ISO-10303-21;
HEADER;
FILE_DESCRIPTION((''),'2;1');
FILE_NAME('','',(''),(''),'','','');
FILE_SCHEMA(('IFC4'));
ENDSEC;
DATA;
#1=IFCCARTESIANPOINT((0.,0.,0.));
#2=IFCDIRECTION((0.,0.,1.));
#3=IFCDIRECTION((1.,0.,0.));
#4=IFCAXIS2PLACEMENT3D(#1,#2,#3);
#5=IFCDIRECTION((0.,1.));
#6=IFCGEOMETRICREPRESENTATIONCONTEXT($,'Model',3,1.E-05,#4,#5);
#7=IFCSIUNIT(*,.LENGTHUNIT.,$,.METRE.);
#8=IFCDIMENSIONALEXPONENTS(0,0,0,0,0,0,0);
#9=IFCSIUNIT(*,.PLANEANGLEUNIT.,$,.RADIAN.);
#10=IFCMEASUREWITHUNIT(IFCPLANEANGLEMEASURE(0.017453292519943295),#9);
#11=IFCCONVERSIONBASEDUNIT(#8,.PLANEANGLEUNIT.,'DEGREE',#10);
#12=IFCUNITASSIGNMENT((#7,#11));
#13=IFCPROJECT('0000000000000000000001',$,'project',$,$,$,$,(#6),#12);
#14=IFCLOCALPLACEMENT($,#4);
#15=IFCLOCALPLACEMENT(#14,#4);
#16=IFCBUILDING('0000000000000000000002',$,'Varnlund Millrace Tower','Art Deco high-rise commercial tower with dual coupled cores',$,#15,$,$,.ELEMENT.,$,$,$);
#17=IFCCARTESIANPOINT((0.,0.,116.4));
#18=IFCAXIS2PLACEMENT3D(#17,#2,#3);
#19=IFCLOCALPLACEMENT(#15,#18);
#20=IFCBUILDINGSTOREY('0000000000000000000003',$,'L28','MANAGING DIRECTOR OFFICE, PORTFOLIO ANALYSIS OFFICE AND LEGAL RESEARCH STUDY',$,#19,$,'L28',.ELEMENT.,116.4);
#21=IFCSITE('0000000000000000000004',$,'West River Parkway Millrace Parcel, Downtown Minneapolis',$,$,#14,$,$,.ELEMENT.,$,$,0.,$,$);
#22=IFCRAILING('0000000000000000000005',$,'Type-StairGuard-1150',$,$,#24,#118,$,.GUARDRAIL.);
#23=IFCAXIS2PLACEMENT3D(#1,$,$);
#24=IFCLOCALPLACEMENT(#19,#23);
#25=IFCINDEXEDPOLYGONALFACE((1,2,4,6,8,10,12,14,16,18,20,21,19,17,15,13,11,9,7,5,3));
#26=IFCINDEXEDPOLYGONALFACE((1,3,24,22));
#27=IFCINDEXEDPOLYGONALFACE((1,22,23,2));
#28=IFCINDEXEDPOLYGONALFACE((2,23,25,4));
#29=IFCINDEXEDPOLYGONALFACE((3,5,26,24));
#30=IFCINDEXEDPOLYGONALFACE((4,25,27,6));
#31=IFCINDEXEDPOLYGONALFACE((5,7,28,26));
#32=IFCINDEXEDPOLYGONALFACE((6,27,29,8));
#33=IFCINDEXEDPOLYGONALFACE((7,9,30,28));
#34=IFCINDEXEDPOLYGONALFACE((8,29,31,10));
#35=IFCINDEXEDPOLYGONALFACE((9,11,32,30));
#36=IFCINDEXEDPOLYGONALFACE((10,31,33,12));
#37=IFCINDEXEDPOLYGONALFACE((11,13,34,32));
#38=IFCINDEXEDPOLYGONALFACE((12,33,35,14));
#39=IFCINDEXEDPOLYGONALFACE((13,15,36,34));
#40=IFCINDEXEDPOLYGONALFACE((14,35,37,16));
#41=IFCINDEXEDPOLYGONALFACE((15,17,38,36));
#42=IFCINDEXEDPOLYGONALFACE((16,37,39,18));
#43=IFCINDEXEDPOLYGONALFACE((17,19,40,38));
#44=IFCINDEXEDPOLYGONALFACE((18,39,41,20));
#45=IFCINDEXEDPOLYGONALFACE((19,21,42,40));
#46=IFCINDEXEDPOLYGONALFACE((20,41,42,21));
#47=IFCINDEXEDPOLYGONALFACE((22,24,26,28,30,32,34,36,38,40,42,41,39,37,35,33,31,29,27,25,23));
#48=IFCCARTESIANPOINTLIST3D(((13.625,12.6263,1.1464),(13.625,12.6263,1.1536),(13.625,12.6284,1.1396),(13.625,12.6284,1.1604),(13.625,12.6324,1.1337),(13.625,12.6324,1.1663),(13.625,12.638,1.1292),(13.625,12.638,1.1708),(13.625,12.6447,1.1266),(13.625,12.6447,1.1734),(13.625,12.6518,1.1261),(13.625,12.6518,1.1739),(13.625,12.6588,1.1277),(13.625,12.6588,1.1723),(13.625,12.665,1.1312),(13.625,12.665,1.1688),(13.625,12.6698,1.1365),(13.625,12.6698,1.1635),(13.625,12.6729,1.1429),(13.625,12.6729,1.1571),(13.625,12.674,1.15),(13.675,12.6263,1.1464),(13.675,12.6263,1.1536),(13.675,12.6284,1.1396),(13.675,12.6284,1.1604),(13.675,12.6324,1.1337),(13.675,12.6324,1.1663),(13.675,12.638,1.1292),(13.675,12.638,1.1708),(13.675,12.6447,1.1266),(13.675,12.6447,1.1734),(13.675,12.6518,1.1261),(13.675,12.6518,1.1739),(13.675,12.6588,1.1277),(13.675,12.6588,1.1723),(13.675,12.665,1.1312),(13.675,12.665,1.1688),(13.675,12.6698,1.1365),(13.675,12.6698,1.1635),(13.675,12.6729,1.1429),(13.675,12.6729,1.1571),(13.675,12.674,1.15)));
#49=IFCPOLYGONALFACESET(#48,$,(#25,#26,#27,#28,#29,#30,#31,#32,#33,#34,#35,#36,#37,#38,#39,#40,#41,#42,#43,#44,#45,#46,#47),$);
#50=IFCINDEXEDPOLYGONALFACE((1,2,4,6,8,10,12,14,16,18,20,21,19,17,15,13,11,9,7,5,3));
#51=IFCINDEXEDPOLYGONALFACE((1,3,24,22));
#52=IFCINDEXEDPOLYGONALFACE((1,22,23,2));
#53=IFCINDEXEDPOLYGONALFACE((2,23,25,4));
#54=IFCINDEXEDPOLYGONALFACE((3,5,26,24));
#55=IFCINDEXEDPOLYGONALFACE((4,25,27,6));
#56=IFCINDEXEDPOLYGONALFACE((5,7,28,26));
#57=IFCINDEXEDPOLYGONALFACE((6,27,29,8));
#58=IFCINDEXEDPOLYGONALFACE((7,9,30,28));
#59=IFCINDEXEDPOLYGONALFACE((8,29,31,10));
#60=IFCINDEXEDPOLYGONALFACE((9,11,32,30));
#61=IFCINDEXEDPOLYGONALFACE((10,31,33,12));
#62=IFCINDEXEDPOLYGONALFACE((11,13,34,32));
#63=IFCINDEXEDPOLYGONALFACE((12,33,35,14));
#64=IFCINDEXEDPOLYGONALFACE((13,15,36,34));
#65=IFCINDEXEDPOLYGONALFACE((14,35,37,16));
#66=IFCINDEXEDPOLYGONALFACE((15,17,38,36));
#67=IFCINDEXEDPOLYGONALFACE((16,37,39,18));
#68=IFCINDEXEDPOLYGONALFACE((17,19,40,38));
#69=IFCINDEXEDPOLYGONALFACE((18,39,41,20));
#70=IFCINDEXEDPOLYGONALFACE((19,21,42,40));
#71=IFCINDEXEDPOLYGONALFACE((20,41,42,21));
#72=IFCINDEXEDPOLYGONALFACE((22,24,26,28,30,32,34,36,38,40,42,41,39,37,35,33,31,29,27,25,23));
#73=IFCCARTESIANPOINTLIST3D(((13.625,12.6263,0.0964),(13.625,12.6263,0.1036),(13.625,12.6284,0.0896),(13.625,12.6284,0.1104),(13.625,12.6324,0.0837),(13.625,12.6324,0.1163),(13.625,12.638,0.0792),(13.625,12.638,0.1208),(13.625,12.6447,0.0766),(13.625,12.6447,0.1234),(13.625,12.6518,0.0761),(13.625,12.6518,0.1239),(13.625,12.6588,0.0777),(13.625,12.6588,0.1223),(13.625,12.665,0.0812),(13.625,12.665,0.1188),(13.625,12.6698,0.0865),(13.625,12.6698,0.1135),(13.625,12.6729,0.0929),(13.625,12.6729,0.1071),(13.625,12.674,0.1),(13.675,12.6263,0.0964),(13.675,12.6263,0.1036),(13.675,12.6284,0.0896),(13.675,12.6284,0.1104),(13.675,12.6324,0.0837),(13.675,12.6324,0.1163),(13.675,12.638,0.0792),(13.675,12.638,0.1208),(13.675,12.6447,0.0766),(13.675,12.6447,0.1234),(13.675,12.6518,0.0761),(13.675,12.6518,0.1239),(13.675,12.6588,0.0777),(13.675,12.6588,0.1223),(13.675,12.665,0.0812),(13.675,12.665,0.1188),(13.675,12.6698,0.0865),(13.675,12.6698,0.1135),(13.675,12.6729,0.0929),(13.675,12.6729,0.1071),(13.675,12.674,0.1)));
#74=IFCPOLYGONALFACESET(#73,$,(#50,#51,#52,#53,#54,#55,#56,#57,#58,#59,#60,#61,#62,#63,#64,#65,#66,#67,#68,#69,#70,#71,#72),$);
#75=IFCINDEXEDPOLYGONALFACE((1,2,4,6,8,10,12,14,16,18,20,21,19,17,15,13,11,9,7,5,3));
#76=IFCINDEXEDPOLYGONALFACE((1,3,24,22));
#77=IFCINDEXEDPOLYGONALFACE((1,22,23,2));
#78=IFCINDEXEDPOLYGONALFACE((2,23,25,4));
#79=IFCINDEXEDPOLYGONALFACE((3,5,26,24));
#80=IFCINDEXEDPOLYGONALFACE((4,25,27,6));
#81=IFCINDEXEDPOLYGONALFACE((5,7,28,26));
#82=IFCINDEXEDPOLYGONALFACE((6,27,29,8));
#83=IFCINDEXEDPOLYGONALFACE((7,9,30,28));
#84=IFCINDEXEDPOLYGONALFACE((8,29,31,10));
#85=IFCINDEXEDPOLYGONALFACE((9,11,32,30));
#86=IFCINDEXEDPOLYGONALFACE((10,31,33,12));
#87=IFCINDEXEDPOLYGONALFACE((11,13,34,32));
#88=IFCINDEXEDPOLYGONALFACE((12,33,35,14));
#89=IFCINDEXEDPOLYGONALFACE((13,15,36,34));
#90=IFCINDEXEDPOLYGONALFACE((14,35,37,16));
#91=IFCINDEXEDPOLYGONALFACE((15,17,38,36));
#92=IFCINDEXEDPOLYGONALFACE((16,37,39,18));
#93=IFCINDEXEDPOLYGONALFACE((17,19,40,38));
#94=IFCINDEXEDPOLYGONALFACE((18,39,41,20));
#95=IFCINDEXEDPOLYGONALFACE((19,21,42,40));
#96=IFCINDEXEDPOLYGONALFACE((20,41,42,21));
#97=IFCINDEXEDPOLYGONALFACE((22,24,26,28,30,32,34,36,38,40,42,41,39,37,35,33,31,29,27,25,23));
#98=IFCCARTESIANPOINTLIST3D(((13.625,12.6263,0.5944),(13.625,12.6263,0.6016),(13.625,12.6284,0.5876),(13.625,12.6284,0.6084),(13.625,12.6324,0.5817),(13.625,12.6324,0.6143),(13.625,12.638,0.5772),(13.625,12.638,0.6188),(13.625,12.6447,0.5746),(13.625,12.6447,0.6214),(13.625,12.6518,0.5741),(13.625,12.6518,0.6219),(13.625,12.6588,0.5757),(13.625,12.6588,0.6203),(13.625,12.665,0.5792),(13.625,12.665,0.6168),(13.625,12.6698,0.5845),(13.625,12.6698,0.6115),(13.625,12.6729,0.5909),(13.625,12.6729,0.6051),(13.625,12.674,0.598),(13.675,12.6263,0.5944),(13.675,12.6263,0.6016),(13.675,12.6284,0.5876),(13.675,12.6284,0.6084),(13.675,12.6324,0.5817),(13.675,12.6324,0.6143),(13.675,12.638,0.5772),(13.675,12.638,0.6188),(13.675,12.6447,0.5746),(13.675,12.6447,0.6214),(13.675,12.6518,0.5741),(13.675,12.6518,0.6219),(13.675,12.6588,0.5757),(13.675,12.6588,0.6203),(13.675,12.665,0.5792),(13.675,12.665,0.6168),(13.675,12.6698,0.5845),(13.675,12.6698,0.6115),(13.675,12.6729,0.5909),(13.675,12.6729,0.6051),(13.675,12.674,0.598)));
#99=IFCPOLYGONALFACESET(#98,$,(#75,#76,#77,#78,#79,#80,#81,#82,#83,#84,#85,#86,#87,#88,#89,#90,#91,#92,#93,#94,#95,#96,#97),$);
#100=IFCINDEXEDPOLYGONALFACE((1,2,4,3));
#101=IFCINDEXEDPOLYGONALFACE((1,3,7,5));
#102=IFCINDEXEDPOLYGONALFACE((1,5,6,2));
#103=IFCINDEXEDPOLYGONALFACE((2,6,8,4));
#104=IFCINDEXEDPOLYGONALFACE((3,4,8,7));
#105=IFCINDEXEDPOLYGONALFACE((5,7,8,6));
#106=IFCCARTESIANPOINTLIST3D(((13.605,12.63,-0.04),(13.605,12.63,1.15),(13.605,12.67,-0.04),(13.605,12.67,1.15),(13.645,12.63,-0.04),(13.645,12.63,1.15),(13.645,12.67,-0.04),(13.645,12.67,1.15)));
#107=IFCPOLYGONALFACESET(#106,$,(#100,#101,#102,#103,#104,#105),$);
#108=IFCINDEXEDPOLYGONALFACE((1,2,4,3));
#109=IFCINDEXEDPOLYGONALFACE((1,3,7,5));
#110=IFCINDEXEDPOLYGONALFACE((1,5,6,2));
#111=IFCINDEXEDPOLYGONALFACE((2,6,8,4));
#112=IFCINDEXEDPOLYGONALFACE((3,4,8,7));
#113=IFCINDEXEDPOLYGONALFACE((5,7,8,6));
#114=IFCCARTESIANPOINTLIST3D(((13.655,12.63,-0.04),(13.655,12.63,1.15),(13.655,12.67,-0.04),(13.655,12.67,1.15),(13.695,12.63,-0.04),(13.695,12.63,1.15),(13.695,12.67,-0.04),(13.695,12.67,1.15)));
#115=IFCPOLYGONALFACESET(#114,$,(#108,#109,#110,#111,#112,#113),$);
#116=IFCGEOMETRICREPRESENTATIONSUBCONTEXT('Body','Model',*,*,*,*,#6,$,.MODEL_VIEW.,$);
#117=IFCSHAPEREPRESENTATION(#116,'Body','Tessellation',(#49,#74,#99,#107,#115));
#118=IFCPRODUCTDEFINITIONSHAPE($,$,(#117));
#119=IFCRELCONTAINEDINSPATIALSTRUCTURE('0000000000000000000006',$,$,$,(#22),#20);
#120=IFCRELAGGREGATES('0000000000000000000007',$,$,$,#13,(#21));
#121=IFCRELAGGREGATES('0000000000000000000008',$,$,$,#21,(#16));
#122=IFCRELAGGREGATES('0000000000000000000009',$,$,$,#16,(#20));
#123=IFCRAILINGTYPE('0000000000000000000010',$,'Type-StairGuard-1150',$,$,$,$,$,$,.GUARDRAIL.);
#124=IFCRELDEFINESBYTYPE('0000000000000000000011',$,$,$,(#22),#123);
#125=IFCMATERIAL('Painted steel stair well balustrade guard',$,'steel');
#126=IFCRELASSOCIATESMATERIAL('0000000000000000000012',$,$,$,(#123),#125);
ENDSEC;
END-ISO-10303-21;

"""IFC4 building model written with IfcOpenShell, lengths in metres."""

from ifc_helpers import new_model, entity, si_unit, converted_unit, direction, frame, origin_with_axes, origin_2d_with_axis, place, context, subcontext, project, spatial, rectangle, circle, extrude, material, type_object, element, save


model = new_model("IFC4")

# Units and contexts
model_context = context("Model", 3, precision=1e-05, world=origin_with_axes(), true_north=direction((0.0, 1.0)))
body_context = subcontext(model_context, "Body", "Model", "MODEL_VIEW")
ifc_project = project(units=[si_unit("LENGTHUNIT", "METRE"), converted_unit("PLANEANGLEUNIT", "DEGREE", entity("IfcPlaneAngleMeasure", 0.017453292519943295), si_unit("PLANEANGLEUNIT", "RADIAN"), dimensions=[0, 0, 0, 0, 0, 0, 0])], contexts=[model_context])

# Site, building, storey
site_placement = place(None, origin_with_axes())
site = spatial("IfcSite", under=ifc_project, at=site_placement, Name="West River Parkway Millrace Parcel, Downtown Minneapolis", CompositionType="ELEMENT", RefElevation=0.0)
building_placement = place(site_placement, origin_with_axes())
building = spatial("IfcBuilding", under=site, at=building_placement, Name="Varnlund Millrace Tower", Description="Art Deco high-rise commercial tower with dual coupled cores", CompositionType="ELEMENT")
storey_placement = place(building_placement, frame((0.0, 0.0, 116.4), z_axis=(0.0, 0.0, 1.0), x_axis=(1.0, 0.0, 0.0)))
storey = spatial("IfcBuildingStorey", under=building, at=storey_placement, Name="L28", Description="MANAGING DIRECTOR OFFICE, PORTFOLIO ANALYSIS OFFICE AND LEGAL RESEARCH STUDY", LongName="L28", CompositionType="ELEMENT", Elevation=116.4)

# Railing
ifc_material_1 = material(Name="Painted steel stair well balustrade guard", Category="steel")
railing_type_1 = type_object("IfcRailingType", Name="Type-StairGuard-1150", PredefinedType="GUARDRAIL", material=ifc_material_1)
railing_1_placement = place(storey_placement, frame((0.0, 0.0, -116.4), z_axis=(0.0, 0.0, 1.0), x_axis=(1.0, 0.0, 0.0)))
element("IfcRailing", 1, at=railing_1_placement, inside=storey, type_object=railing_type_1, Name="Type-StairGuard-1150", PredefinedType="GUARDRAIL", context=body_context, shape_type="SweptSolid", body=[
    extrude(circle(Radius=0.024, at=origin_2d_with_axis()), frame((13.625, 12.65, 117.55), z_axis=(1.0, 0.0, 0.0), x_axis=(0.0, 1.0, 0.0)), (0.0, 0.0, 1.0), 0.05),
    extrude(circle(Radius=0.024, at=origin_2d_with_axis()), frame((13.625, 12.65, 116.5), z_axis=(1.0, 0.0, 0.0), x_axis=(0.0, 1.0, 0.0)), (0.0, 0.0, 1.0), 0.05),
    extrude(circle(Radius=0.024, at=origin_2d_with_axis()), frame((13.625, 12.65, 116.998), z_axis=(1.0, 0.0, 0.0), x_axis=(0.0, 1.0, 0.0)), (0.0, 0.0, 1.0), 0.05),
    extrude(rectangle(XDim=0.04, YDim=0.04, at=origin_2d_with_axis()), frame((13.625, 12.65, 116.36), z_axis=(0.0, 0.0, 1.0), x_axis=(1.0, 0.0, 0.0)), (0.0, 0.0, 1.0), 1.19),
    extrude(rectangle(XDim=0.04, YDim=0.04, at=origin_2d_with_axis()), frame((13.675, 12.65, 116.36), z_axis=(0.0, 0.0, 1.0), x_axis=(1.0, 0.0, 0.0)), (0.0, 0.0, 1.0), 1.19),
])

save(model, "model.ifc")
